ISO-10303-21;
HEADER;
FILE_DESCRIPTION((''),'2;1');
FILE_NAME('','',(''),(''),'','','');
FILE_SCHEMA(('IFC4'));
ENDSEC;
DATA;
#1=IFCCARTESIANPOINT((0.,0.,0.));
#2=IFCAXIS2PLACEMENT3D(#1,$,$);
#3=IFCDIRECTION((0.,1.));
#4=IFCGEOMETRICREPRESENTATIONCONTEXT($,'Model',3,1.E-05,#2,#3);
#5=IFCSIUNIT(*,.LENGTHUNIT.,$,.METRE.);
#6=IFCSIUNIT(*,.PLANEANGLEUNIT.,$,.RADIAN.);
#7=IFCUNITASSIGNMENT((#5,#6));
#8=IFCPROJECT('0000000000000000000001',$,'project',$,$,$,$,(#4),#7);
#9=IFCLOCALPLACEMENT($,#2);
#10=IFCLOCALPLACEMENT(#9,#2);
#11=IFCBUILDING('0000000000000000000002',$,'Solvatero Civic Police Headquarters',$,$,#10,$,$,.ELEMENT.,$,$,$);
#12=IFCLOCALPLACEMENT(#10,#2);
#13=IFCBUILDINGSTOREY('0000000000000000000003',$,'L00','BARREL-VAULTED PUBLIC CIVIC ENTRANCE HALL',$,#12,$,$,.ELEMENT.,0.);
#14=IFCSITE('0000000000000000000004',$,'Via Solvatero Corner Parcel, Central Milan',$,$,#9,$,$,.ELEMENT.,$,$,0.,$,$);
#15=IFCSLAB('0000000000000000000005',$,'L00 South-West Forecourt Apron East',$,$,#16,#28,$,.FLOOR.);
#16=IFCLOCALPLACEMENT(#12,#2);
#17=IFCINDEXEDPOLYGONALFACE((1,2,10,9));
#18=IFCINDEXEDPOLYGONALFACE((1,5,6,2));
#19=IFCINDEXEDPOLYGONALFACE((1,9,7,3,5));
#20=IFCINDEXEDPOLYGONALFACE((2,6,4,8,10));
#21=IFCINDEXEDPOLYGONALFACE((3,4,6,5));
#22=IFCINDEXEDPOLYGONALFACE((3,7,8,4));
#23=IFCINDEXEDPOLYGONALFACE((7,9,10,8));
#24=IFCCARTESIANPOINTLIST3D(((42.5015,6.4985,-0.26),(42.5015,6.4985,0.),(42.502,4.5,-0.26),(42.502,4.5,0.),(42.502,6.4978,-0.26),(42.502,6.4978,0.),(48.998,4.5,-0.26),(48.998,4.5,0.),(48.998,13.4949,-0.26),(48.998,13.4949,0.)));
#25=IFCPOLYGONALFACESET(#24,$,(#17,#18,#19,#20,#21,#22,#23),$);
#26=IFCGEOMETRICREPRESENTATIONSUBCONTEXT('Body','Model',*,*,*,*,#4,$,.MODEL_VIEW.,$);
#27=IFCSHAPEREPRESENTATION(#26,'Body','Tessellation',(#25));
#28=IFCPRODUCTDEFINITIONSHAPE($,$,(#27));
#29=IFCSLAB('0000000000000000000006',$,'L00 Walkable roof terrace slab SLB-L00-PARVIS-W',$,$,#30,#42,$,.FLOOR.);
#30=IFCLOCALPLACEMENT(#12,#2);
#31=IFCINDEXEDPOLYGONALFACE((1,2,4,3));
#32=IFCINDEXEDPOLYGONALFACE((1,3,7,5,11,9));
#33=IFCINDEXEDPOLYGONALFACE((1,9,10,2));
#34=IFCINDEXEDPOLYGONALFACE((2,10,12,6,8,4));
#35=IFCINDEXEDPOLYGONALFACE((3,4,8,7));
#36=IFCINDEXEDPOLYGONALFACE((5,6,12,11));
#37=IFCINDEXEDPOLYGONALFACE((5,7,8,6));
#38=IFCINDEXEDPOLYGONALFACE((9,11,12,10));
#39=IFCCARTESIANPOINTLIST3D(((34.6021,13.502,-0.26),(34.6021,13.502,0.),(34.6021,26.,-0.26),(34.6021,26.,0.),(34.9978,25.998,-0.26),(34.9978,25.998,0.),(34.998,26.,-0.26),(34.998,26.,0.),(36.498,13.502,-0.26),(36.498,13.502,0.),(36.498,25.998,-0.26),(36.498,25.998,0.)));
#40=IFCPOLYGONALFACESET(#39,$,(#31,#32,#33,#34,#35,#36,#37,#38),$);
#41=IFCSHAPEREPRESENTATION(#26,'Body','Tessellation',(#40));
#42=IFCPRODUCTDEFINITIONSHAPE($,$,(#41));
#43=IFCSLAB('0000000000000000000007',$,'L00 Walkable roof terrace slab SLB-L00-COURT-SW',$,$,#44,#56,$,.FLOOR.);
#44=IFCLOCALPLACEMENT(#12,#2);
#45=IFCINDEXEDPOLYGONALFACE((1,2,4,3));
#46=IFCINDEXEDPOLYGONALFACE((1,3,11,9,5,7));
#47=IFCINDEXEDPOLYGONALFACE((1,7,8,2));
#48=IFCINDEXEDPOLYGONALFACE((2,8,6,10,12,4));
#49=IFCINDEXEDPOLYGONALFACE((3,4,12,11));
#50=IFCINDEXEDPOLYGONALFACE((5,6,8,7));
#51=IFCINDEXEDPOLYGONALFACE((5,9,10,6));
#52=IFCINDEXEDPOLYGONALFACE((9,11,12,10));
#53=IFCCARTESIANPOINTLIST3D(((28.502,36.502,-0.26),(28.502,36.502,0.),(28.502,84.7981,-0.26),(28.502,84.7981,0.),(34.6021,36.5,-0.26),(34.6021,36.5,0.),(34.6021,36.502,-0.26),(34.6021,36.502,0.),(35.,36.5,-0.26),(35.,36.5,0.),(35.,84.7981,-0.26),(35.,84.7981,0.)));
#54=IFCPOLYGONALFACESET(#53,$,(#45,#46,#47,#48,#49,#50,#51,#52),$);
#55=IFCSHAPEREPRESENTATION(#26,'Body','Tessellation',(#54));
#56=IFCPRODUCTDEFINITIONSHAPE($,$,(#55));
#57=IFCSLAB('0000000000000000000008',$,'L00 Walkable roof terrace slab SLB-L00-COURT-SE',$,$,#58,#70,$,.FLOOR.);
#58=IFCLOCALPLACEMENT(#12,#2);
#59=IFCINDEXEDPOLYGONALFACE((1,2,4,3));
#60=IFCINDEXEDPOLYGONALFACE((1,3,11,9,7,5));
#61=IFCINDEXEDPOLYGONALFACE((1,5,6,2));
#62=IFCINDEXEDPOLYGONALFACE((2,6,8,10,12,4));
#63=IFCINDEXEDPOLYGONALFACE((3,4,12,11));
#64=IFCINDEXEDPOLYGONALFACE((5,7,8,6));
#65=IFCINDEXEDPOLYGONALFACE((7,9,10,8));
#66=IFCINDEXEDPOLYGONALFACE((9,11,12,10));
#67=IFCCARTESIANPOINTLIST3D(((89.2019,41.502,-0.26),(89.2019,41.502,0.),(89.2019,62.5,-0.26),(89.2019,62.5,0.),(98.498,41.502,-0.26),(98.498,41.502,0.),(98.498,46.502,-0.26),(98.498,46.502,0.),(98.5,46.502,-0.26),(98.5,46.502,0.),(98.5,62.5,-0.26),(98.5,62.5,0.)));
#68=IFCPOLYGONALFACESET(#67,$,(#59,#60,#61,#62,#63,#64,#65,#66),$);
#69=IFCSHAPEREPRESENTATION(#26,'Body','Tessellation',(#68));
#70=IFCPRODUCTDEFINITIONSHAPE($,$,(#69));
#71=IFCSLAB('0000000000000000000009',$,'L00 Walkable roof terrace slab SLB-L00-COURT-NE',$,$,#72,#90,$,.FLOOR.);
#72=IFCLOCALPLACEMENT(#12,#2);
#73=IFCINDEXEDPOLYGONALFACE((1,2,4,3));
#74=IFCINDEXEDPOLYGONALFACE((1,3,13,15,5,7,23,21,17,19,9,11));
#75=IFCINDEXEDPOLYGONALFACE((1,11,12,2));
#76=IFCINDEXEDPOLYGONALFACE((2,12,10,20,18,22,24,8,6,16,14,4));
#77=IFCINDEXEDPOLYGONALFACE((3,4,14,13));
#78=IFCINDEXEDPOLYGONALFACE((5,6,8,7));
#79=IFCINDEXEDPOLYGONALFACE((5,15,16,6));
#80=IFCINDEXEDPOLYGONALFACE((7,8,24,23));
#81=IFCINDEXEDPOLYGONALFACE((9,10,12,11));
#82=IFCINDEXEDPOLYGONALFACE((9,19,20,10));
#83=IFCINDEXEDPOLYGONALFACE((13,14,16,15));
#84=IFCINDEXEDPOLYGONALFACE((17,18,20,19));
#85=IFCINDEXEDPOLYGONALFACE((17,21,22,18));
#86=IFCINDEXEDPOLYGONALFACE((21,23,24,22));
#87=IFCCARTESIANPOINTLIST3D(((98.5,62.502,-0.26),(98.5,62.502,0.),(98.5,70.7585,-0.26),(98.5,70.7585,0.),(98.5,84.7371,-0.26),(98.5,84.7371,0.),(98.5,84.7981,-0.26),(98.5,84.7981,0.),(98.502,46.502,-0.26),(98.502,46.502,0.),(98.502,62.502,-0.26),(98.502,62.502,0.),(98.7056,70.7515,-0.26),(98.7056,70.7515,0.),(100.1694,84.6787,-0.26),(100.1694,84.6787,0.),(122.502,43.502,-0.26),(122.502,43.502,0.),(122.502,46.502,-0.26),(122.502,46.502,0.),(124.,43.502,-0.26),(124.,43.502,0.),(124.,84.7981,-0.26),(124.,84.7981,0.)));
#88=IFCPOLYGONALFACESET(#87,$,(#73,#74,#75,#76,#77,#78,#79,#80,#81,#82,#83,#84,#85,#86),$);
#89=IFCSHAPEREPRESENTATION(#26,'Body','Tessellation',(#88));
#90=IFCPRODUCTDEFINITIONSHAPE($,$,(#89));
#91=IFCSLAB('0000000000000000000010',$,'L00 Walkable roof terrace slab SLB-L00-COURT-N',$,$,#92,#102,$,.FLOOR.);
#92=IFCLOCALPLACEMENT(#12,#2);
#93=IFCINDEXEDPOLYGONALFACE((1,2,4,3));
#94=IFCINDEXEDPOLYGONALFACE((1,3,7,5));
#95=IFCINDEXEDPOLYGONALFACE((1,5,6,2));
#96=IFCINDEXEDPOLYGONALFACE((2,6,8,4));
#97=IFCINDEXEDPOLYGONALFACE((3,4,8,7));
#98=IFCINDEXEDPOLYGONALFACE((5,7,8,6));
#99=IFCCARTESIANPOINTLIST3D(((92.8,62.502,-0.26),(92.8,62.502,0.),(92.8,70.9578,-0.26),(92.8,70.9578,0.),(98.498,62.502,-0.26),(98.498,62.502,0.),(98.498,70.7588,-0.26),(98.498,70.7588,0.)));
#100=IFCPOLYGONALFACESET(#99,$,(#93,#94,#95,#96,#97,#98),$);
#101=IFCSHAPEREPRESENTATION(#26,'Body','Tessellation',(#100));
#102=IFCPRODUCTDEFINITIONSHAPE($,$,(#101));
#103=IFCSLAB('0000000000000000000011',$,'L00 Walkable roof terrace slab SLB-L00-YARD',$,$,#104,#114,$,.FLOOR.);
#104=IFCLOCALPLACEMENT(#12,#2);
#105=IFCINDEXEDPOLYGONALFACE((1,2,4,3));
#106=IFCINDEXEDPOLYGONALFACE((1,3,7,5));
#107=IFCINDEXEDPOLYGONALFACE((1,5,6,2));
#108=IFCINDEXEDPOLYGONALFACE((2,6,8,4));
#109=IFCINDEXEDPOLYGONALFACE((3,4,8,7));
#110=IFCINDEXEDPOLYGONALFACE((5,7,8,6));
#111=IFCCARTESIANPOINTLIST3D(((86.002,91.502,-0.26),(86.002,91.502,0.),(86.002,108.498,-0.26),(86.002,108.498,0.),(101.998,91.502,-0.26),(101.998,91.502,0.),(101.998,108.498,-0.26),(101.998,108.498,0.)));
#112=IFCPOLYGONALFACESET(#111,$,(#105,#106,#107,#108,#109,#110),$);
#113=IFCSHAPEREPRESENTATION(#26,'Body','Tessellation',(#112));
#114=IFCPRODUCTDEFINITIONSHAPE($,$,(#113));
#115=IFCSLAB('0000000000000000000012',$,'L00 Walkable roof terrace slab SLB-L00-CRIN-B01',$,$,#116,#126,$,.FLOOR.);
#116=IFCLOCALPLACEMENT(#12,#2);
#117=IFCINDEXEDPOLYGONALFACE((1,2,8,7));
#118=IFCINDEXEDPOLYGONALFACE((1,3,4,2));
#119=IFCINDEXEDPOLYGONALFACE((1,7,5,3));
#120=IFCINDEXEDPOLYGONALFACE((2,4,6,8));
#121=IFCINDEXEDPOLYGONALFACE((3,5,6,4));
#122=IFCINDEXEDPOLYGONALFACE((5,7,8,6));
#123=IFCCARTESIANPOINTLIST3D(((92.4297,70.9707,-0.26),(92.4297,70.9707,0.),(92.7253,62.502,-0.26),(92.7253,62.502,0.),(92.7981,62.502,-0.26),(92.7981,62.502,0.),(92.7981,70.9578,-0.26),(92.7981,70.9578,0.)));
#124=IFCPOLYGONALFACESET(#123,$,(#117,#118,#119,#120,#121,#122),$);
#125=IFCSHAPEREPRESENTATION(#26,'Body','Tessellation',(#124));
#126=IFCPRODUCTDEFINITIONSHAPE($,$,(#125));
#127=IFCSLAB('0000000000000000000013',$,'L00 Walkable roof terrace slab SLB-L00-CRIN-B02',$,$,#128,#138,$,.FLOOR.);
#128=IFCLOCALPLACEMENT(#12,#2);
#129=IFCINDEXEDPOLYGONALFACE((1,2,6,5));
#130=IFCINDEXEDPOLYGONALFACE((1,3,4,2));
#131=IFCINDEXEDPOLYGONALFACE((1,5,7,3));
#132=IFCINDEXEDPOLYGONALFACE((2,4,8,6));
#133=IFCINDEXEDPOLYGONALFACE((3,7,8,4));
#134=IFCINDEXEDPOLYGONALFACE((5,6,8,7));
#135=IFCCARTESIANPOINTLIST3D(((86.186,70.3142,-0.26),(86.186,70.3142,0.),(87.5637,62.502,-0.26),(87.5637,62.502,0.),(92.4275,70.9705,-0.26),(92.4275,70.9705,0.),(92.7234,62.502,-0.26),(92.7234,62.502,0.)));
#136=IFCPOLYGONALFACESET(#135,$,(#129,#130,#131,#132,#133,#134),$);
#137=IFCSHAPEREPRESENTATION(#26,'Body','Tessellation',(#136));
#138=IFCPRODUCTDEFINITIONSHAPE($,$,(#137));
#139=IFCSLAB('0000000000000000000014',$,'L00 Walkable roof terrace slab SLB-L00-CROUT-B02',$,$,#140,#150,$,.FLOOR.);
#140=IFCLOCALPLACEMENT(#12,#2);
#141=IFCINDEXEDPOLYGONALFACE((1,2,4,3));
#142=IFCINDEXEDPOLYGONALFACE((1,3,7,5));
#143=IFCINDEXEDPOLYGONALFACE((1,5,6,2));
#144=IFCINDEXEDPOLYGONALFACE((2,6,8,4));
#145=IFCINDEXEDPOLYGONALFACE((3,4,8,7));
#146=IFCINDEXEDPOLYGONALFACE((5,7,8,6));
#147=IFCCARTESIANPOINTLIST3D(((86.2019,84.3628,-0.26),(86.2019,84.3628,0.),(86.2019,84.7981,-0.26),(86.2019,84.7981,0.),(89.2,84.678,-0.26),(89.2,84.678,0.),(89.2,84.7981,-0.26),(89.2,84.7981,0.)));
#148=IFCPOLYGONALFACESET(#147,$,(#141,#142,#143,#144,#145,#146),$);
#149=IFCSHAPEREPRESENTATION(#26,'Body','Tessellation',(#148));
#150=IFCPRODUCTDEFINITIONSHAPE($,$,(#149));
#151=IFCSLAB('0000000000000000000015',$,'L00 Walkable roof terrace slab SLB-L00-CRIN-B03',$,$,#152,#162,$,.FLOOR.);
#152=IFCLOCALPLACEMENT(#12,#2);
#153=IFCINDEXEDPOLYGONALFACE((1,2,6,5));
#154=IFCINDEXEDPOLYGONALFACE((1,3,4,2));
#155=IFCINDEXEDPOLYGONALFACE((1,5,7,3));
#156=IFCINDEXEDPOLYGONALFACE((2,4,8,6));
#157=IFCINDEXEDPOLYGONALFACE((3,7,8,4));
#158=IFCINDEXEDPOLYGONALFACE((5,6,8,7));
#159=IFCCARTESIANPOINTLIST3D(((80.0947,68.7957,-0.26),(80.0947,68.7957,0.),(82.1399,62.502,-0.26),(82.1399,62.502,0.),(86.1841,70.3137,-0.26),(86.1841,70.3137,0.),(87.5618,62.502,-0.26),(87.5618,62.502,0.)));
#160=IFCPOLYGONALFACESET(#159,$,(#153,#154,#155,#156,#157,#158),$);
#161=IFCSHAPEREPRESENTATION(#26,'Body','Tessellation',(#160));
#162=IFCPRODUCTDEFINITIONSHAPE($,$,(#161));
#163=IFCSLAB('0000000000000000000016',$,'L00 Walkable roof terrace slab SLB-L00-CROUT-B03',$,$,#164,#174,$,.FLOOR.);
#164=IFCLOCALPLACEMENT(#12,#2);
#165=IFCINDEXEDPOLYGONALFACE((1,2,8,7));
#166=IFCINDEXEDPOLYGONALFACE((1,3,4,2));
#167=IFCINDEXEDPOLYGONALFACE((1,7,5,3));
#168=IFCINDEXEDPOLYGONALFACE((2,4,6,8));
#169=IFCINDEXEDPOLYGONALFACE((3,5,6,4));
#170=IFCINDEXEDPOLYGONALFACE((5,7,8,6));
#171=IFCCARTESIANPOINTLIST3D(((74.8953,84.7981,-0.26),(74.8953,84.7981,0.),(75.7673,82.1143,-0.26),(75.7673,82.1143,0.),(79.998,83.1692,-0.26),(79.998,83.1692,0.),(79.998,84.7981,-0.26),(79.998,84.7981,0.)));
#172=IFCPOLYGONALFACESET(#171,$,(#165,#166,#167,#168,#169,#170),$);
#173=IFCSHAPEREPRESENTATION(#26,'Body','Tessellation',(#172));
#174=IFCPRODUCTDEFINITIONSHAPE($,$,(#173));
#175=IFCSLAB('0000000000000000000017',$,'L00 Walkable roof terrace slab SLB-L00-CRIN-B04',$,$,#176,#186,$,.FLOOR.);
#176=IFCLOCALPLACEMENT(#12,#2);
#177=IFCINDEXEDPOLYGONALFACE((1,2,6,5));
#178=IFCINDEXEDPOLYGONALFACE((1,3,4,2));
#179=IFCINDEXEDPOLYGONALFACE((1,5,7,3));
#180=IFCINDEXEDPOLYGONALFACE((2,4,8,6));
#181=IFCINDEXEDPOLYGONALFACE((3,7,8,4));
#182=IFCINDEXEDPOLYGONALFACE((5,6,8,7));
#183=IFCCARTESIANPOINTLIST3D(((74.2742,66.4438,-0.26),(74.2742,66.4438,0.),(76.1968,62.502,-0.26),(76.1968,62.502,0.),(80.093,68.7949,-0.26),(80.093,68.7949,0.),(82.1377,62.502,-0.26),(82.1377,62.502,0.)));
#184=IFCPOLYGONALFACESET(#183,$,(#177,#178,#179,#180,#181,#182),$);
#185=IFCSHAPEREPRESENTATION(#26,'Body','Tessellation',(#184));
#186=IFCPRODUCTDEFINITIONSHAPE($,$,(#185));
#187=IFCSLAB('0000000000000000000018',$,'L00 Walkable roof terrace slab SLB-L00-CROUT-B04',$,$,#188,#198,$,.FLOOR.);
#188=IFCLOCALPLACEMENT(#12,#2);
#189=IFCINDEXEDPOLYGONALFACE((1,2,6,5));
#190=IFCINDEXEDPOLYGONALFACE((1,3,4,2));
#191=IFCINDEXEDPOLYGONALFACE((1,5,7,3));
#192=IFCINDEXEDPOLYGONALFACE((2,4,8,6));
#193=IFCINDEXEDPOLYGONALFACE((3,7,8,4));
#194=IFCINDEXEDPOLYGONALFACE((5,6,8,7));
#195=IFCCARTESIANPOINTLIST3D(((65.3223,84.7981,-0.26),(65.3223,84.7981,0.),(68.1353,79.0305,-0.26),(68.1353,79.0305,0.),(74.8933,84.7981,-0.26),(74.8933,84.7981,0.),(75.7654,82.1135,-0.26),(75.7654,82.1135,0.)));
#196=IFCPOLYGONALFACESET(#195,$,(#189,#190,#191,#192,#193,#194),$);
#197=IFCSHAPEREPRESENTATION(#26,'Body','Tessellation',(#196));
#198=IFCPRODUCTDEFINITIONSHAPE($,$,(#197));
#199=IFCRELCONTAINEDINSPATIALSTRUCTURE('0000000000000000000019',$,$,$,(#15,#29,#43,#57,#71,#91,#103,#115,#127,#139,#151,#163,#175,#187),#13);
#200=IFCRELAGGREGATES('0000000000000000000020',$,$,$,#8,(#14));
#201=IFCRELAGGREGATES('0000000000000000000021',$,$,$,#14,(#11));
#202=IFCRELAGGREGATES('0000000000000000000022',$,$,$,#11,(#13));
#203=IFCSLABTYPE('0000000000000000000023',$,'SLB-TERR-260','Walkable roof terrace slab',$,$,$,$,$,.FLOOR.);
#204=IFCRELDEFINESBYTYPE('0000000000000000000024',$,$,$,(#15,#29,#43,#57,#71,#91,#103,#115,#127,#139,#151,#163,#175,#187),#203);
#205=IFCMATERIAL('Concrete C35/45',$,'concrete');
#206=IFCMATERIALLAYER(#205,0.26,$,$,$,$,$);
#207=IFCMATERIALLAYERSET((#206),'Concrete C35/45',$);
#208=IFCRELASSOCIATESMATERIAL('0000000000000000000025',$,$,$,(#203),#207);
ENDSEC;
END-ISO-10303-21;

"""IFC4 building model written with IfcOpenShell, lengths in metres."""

from ifc_helpers import new_model, si_unit, direction, frame, origin, place, context, subcontext, project, spatial, polyline, outline, extrude, material, layer, layer_set, type_object, element, save


model = new_model("IFC4")

# Units and contexts
model_context = context("Model", 3, precision=1e-05, world=origin(), true_north=direction((0.0, 1.0)))
body_context = subcontext(model_context, "Body", "Model", "MODEL_VIEW")
ifc_project = project(units=[si_unit("LENGTHUNIT", "METRE"), si_unit("PLANEANGLEUNIT", "RADIAN")], contexts=[model_context])

# Site, building, storey
site_placement = place(None, origin())
site = spatial("IfcSite", under=ifc_project, at=site_placement, Name="Via Solvatero Corner Parcel, Central Milan", CompositionType="ELEMENT", RefElevation=0.0)
building_placement = place(site_placement, origin())
building = spatial("IfcBuilding", under=site, at=building_placement, Name="Solvatero Civic Police Headquarters", CompositionType="ELEMENT")
storey_placement = place(building_placement, origin())
storey = spatial("IfcBuildingStorey", under=building, at=storey_placement, Name="L00", Description="BARREL-VAULTED PUBLIC CIVIC ENTRANCE HALL", CompositionType="ELEMENT", Elevation=0.0)

# Slabs
ifc_material = material(Name="Concrete C35/45", Category="concrete")
ifc_layer = layer(ifc_material, 0.26)
ifc_layer_set = layer_set([ifc_layer], Name="Concrete C35/45")
slab_type = type_object("IfcSlabType", Name="SLB-TERR-260", Description="Walkable roof terrace slab", PredefinedType="FLOOR", material=ifc_layer_set)
slab_1_placement = place(storey_placement, frame((0.0, 0.0, -0.26)))
element("IfcSlab", 1, at=slab_1_placement, inside=storey, type_object=slab_type, Name="L00 South-West Forecourt Apron East", PredefinedType="FLOOR", context=body_context, shape_type="SweptSolid", body=[
    extrude(outline(polyline([(42.502, 4.5), (42.502, 6.4978), (42.5015, 6.4985), (48.998, 13.4949), (48.998, 4.5), (42.502, 4.5)])), origin(), (0.0, 0.0, 1.0), 0.26),
])
slab_2_placement = place(storey_placement, frame((0.0, 0.0, -0.26)))
element("IfcSlab", 2, at=slab_2_placement, inside=storey, type_object=slab_type, Name="L00 Walkable roof terrace slab SLB-L00-PARVIS-W", PredefinedType="FLOOR", context=body_context, shape_type="SweptSolid", body=[
    extrude(outline(polyline([(34.998, 26.0), (34.9978, 25.998), (36.498, 25.998), (36.498, 13.502), (34.6021, 13.502), (34.6021, 26.0), (34.998, 26.0)])), origin(), (0.0, 0.0, 1.0), 0.26),
])
slab_3_placement = place(storey_placement, frame((0.0, 0.0, -0.26)))
element("IfcSlab", 3, at=slab_3_placement, inside=storey, type_object=slab_type, Name="L00 Walkable roof terrace slab SLB-L00-COURT-SW", PredefinedType="FLOOR", context=body_context, shape_type="SweptSolid", body=[
    extrude(outline(polyline([(35.0, 36.5), (34.6021, 36.5), (34.6021, 36.502), (28.502, 36.502), (28.502, 84.7981), (35.0, 84.7981), (35.0, 36.5)])), origin(), (0.0, 0.0, 1.0), 0.26),
])
slab_4_placement = place(storey_placement, frame((0.0, 0.0, -0.26)))
element("IfcSlab", 4, at=slab_4_placement, inside=storey, type_object=slab_type, Name="L00 Walkable roof terrace slab SLB-L00-COURT-SE", PredefinedType="FLOOR", context=body_context, shape_type="SweptSolid", body=[
    extrude(outline(polyline([(98.5, 62.5), (98.5, 46.502), (98.498, 46.502), (98.498, 41.502), (89.2019, 41.502), (89.2019, 62.5), (98.5, 62.5)])), origin(), (0.0, 0.0, 1.0), 0.26),
])
slab_5_placement = place(storey_placement, frame((0.0, 0.0, -0.26)))
element("IfcSlab", 5, at=slab_5_placement, inside=storey, type_object=slab_type, Name="L00 Walkable roof terrace slab SLB-L00-COURT-NE", PredefinedType="FLOOR", context=body_context, shape_type="SweptSolid", body=[
    extrude(outline(polyline([(124.0, 84.7981), (124.0, 43.502), (122.502, 43.502), (122.502, 46.502), (98.502, 46.502), (98.502, 62.502), (98.5, 62.502), (98.5, 70.7585), (98.7056, 70.7515), (100.1694, 84.6787), (98.5, 84.7371), (98.5, 84.7981), (124.0, 84.7981)])), origin(), (0.0, 0.0, 1.0), 0.26),
])
slab_6_placement = place(storey_placement, frame((0.0, 0.0, -0.26)))
element("IfcSlab", 6, at=slab_6_placement, inside=storey, type_object=slab_type, Name="L00 Walkable roof terrace slab SLB-L00-COURT-N", PredefinedType="FLOOR", context=body_context, shape_type="SweptSolid", body=[
    extrude(outline(polyline([(92.8, 70.9578), (98.498, 70.7588), (98.498, 62.502), (92.8, 62.502), (92.8, 70.9578)])), origin(), (0.0, 0.0, 1.0), 0.26),
])
slab_7_placement = place(storey_placement, frame((0.0, 0.0, -0.26)))
element("IfcSlab", 7, at=slab_7_placement, inside=storey, type_object=slab_type, Name="L00 Walkable roof terrace slab SLB-L00-YARD", PredefinedType="FLOOR", context=body_context, shape_type="SweptSolid", body=[
    extrude(outline(polyline([(86.002, 91.502), (86.002, 108.498), (101.998, 108.498), (101.998, 91.502), (86.002, 91.502)])), origin(), (0.0, 0.0, 1.0), 0.26),
])
slab_8_placement = place(storey_placement, frame((0.0, 0.0, -0.26)))
element("IfcSlab", 8, at=slab_8_placement, inside=storey, type_object=slab_type, Name="L00 Walkable roof terrace slab SLB-L00-CRIN-B01", PredefinedType="FLOOR", context=body_context, shape_type="SweptSolid", body=[
    extrude(outline(polyline([(92.4297, 70.9707), (92.7981, 70.9578), (92.7981, 62.502), (92.7253, 62.502), (92.4297, 70.9707)])), origin(), (0.0, 0.0, 1.0), 0.26),
])
slab_9_placement = place(storey_placement, frame((0.0, 0.0, -0.26)))
element("IfcSlab", 9, at=slab_9_placement, inside=storey, type_object=slab_type, Name="L00 Walkable roof terrace slab SLB-L00-CRIN-B02", PredefinedType="FLOOR", context=body_context, shape_type="SweptSolid", body=[
    extrude(outline(polyline([(86.186, 70.3142), (92.4275, 70.9705), (92.7234, 62.502), (87.5637, 62.502), (86.186, 70.3142)])), origin(), (0.0, 0.0, 1.0), 0.26),
])
slab_10_placement = place(storey_placement, frame((0.0, 0.0, -0.26)))
element("IfcSlab", 10, at=slab_10_placement, inside=storey, type_object=slab_type, Name="L00 Walkable roof terrace slab SLB-L00-CROUT-B02", PredefinedType="FLOOR", context=body_context, shape_type="SweptSolid", body=[
    extrude(outline(polyline([(89.2, 84.678), (86.2019, 84.3628), (86.2019, 84.7981), (89.2, 84.7981), (89.2, 84.678)])), origin(), (0.0, 0.0, 1.0), 0.26),
])
slab_11_placement = place(storey_placement, frame((0.0, 0.0, -0.26)))
element("IfcSlab", 11, at=slab_11_placement, inside=storey, type_object=slab_type, Name="L00 Walkable roof terrace slab SLB-L00-CRIN-B03", PredefinedType="FLOOR", context=body_context, shape_type="SweptSolid", body=[
    extrude(outline(polyline([(80.0947, 68.7957), (86.1841, 70.3137), (87.5618, 62.502), (82.1399, 62.502), (80.0947, 68.7957)])), origin(), (0.0, 0.0, 1.0), 0.26),
])
slab_12_placement = place(storey_placement, frame((0.0, 0.0, -0.26)))
element("IfcSlab", 12, at=slab_12_placement, inside=storey, type_object=slab_type, Name="L00 Walkable roof terrace slab SLB-L00-CROUT-B03", PredefinedType="FLOOR", context=body_context, shape_type="SweptSolid", body=[
    extrude(outline(polyline([(74.8953, 84.7981), (79.998, 84.7981), (79.998, 83.1692), (75.7673, 82.1143), (74.8953, 84.7981)])), origin(), (0.0, 0.0, 1.0), 0.26),
])
slab_13_placement = place(storey_placement, frame((0.0, 0.0, -0.26)))
element("IfcSlab", 13, at=slab_13_placement, inside=storey, type_object=slab_type, Name="L00 Walkable roof terrace slab SLB-L00-CRIN-B04", PredefinedType="FLOOR", context=body_context, shape_type="SweptSolid", body=[
    extrude(outline(polyline([(74.2742, 66.4438), (80.093, 68.7949), (82.1377, 62.502), (76.1968, 62.502), (74.2742, 66.4438)])), origin(), (0.0, 0.0, 1.0), 0.26),
])
slab_14_placement = place(storey_placement, frame((0.0, 0.0, -0.26)))
element("IfcSlab", 14, at=slab_14_placement, inside=storey, type_object=slab_type, Name="L00 Walkable roof terrace slab SLB-L00-CROUT-B04", PredefinedType="FLOOR", context=body_context, shape_type="SweptSolid", body=[
    extrude(outline(polyline([(65.3223, 84.7981), (74.8933, 84.7981), (75.7654, 82.1135), (68.1353, 79.0305), (65.3223, 84.7981)])), origin(), (0.0, 0.0, 1.0), 0.26),
])

save(model, "model.ifc")
